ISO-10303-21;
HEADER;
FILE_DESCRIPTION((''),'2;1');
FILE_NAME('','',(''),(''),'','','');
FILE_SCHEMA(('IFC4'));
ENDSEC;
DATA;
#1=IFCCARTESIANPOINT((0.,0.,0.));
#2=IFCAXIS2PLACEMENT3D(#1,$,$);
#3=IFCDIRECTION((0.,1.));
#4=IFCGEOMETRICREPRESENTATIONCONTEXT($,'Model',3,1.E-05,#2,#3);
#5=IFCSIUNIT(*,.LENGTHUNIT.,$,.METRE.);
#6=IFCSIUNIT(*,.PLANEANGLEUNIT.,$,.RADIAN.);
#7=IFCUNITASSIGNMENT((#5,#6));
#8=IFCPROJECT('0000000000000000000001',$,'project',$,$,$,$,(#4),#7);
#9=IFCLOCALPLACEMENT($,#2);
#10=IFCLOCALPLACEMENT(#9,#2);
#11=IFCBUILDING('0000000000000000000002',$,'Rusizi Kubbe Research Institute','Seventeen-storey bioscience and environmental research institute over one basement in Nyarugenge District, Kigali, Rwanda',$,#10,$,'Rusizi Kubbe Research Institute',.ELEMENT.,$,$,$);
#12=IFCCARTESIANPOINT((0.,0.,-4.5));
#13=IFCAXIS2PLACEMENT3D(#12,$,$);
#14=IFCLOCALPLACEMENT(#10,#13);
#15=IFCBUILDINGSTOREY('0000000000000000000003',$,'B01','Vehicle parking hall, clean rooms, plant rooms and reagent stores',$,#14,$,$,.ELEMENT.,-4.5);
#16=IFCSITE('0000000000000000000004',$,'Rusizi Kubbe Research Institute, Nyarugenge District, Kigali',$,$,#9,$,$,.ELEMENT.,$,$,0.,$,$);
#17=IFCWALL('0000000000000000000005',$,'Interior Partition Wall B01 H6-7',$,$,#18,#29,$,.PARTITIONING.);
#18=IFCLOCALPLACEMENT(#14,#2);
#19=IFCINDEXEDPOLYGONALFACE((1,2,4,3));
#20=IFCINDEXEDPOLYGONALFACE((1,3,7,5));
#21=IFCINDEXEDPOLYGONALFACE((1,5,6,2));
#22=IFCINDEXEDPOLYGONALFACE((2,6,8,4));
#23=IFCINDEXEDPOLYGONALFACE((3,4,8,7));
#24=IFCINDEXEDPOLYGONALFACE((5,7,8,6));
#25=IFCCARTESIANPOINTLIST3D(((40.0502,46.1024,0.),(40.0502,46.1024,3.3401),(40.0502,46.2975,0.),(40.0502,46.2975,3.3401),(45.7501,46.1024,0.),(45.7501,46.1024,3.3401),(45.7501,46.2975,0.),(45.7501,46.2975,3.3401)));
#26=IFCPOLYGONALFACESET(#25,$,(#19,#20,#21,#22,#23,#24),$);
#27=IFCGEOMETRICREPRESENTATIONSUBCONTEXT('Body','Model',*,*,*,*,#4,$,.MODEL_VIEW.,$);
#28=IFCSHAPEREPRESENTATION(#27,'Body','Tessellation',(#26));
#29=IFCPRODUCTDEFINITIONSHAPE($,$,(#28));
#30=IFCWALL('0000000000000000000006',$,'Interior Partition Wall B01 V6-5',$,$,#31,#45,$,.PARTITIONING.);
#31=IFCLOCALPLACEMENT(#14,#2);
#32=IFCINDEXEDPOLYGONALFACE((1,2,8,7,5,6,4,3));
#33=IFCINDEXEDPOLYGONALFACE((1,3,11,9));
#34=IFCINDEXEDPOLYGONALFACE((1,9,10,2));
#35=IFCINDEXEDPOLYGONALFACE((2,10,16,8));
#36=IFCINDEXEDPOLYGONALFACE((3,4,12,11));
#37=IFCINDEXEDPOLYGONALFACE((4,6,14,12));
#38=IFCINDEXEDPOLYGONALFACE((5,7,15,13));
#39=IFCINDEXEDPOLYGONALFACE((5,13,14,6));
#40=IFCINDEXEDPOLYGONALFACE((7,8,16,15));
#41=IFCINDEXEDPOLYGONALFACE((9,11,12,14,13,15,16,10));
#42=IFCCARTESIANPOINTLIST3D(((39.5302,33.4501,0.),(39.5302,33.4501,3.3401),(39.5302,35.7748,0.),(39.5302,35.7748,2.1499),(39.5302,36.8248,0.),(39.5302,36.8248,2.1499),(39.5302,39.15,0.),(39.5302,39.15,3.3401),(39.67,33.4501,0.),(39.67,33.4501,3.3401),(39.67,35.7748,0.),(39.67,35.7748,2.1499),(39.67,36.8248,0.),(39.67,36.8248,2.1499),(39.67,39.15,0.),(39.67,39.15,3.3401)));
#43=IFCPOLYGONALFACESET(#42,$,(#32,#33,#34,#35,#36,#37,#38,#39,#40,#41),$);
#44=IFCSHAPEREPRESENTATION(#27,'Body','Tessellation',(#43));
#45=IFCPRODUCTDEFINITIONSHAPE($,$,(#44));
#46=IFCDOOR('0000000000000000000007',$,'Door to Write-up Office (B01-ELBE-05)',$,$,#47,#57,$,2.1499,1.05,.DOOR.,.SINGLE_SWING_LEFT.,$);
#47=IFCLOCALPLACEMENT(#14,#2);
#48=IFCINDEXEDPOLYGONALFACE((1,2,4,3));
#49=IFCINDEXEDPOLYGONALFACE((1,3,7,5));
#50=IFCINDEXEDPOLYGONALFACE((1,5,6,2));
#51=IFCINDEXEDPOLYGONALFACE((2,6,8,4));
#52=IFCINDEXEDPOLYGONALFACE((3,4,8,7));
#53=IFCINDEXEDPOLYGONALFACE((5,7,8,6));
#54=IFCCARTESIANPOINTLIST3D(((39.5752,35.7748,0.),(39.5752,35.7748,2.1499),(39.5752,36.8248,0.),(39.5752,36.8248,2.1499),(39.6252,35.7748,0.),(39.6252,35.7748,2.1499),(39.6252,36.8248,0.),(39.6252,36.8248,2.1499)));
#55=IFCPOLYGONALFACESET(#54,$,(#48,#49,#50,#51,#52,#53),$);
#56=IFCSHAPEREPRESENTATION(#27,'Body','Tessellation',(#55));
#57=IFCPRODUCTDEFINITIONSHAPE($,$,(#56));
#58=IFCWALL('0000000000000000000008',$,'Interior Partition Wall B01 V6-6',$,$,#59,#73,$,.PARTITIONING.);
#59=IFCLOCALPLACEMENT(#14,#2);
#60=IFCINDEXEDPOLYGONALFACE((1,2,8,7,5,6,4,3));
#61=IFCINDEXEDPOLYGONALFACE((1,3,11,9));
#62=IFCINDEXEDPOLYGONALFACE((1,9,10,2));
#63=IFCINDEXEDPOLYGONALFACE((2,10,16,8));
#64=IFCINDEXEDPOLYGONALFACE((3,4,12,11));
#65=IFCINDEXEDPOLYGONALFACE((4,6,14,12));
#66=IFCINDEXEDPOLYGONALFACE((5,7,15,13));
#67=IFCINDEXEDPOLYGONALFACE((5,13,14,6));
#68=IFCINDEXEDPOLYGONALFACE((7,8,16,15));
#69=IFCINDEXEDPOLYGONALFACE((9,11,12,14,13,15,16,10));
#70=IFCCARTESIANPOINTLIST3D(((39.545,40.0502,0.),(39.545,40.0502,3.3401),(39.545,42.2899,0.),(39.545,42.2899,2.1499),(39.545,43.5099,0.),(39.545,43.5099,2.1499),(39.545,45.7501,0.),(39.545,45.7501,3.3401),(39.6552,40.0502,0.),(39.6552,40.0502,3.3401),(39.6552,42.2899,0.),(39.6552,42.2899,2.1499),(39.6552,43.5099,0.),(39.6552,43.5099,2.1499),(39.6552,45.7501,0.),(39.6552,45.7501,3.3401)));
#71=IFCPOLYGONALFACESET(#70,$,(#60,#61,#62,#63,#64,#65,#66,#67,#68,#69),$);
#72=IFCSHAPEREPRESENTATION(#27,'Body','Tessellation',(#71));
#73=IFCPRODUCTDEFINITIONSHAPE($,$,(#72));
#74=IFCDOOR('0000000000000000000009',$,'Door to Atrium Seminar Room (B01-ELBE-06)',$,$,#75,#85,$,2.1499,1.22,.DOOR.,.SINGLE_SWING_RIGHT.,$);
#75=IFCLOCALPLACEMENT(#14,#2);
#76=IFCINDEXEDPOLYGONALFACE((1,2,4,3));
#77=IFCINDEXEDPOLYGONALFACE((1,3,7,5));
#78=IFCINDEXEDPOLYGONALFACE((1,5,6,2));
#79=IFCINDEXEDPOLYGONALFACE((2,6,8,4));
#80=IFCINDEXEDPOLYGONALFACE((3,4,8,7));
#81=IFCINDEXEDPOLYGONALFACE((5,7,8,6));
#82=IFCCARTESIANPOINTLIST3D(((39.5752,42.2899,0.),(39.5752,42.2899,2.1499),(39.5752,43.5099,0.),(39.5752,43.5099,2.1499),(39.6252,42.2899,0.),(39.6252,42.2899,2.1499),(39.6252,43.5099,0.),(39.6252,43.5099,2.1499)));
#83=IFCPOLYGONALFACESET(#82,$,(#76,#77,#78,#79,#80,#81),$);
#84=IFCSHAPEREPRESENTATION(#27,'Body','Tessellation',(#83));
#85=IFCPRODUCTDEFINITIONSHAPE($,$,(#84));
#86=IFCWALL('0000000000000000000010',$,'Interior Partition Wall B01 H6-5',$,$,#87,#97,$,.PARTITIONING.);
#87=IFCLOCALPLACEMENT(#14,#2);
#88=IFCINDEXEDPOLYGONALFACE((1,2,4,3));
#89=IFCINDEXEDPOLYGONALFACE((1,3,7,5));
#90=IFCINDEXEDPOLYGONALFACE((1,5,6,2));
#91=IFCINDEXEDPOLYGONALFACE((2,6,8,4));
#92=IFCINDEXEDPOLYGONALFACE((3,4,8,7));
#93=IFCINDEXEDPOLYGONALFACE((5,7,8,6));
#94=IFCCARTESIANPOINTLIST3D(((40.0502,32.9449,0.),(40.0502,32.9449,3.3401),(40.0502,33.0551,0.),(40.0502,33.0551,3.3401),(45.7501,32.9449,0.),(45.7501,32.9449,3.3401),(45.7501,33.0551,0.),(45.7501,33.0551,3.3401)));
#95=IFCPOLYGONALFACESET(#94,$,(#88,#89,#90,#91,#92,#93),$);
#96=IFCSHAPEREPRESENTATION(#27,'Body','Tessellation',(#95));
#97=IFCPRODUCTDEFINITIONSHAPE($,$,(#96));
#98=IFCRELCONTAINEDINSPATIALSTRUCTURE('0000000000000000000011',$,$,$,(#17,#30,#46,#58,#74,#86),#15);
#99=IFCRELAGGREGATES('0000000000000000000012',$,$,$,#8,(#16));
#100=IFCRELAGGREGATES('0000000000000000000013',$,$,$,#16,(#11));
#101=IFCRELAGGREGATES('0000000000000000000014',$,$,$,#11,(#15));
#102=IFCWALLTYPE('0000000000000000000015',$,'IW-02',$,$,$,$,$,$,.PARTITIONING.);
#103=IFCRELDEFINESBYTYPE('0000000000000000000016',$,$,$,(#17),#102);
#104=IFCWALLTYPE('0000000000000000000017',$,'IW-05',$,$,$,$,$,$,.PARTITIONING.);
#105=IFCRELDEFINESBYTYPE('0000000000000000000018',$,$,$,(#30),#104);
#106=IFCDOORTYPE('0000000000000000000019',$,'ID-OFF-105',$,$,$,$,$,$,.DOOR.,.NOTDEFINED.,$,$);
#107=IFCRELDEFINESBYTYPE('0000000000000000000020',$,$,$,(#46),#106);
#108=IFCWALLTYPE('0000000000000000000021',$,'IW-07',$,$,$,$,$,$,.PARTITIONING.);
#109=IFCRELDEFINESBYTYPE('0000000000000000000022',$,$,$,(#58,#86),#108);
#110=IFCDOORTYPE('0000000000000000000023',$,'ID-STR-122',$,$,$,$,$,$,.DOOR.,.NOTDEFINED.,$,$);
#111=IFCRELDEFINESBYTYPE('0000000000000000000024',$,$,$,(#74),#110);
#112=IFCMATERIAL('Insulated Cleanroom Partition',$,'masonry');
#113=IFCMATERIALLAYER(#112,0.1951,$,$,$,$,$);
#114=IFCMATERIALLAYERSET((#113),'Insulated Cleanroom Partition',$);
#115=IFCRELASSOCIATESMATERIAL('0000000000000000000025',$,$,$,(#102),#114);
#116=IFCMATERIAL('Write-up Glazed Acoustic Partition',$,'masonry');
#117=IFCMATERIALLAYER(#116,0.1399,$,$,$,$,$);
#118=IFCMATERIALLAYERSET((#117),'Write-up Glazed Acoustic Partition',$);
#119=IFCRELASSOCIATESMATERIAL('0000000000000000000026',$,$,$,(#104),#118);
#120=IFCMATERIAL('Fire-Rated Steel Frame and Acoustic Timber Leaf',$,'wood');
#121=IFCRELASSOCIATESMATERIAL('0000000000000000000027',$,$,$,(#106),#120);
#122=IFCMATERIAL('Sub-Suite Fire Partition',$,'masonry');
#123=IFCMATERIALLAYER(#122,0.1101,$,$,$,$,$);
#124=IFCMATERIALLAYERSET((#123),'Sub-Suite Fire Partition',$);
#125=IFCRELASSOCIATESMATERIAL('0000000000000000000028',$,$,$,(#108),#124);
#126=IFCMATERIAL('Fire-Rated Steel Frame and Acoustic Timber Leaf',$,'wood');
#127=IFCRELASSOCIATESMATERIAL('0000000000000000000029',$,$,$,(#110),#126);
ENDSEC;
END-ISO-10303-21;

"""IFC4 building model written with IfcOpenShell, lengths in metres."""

from ifc_helpers import new_model, si_unit, direction, frame, frame_2d, origin, place, context, subcontext, project, spatial, rectangle, extrude, material, layer, layer_set, type_object, element, fill, save


model = new_model("IFC4")

# Units and contexts
model_context = context("Model", 3, precision=1e-05, world=origin(), true_north=direction((0.0, 1.0)))
body_context = subcontext(model_context, "Body", "Model", "MODEL_VIEW")
ifc_project = project(units=[si_unit("LENGTHUNIT", "METRE"), si_unit("PLANEANGLEUNIT", "RADIAN")], contexts=[model_context])

# Site, building, storey
site_placement = place(None, origin())
site = spatial("IfcSite", under=ifc_project, at=site_placement, Name="Rusizi Kubbe Research Institute, Nyarugenge District, Kigali", CompositionType="ELEMENT", RefElevation=0.0)
building_placement = place(site_placement, origin())
building = spatial("IfcBuilding", under=site, at=building_placement, Name="Rusizi Kubbe Research Institute", Description="Seventeen-storey bioscience and environmental research institute over one basement in Nyarugenge District, Kigali, Rwanda", LongName="Rusizi Kubbe Research Institute", CompositionType="ELEMENT")
storey_placement = place(building_placement, frame((0.0, 0.0, -4.5)))
storey = spatial("IfcBuildingStorey", under=building, at=storey_placement, Name="B01", Description="Vehicle parking hall, clean rooms, plant rooms and reagent stores", CompositionType="ELEMENT", Elevation=-4.5)

# Wall
ifc_material_1 = material(Name="Insulated Cleanroom Partition", Category="masonry")
ifc_layer_1 = layer(ifc_material_1, 0.1951)
ifc_layer_set_1 = layer_set([ifc_layer_1], Name="Insulated Cleanroom Partition")
wall_type_1 = type_object("IfcWallType", Name="IW-02", PredefinedType="PARTITIONING", material=ifc_layer_set_1)
wall_1_placement = place(storey_placement, frame((40.05, 46.2, 0.0), z_axis=(0.0, 0.0, 1.0), x_axis=(1.0, 0.0, 0.0)))
element("IfcWall", 1, at=wall_1_placement, inside=storey, type_object=wall_type_1, Name="Interior Partition Wall B01 H6-7", PredefinedType="PARTITIONING", context=body_context, shape_type="SweptSolid", body=[
    extrude(rectangle(XDim=5.7, YDim=0.1951, at=frame_2d((2.8501, 0.0))), origin(), (0.0, 0.0, 1.0), 3.3401),
])

# Walls, openings, doors
ifc_material_2 = material(Name="Write-up Glazed Acoustic Partition", Category="masonry")
ifc_layer_2 = layer(ifc_material_2, 0.1399)
ifc_layer_set_2 = layer_set([ifc_layer_2], Name="Write-up Glazed Acoustic Partition")
wall_type_2 = type_object("IfcWallType", Name="IW-05", PredefinedType="PARTITIONING", material=ifc_layer_set_2)
wall_2_placement = place(storey_placement, frame((39.6001, 33.45, 0.0), z_axis=(0.0, 0.0, 1.0), x_axis=(0.0, 1.0, 0.0)))
wall_2 = element("IfcWall", 2, at=wall_2_placement, inside=storey, type_object=wall_type_2, Name="Interior Partition Wall B01 V6-5", PredefinedType="PARTITIONING", context=body_context, shape_type="SweptSolid", body=[
    extrude(rectangle(XDim=5.7, YDim=0.1399, at=frame_2d((2.8501, 0.0))), origin(), (0.0, 0.0, 1.0), 3.3401),
])
opening_1_placement = place(wall_2_placement, frame((2.325, 0.0, 0.0)))
opening_1 = element("IfcOpeningElement", 3, at=opening_1_placement, cuts=wall_2, PredefinedType="OPENING", context=body_context, shape_type="SweptSolid", body=[
    extrude(rectangle(XDim=1.05, YDim=2.1499, at=frame_2d((0.5249, 1.075))), frame((0.0, 0.0798, 0.0), z_axis=(0.0, -1.0, 0.0), x_axis=(1.0, 0.0, 0.0)), (0.0, 0.0, 1.0), 0.1599),
])
ifc_material_3 = material(Name="Fire-Rated Steel Frame and Acoustic Timber Leaf", Category="wood")
door_type_1 = type_object("IfcDoorType", Name="ID-OFF-105", OperationType="NOTDEFINED", PredefinedType="DOOR", material=ifc_material_3)
door_1_placement = place(opening_1_placement, origin())
door_1 = element("IfcDoor", 4, at=door_1_placement, inside=storey, type_object=door_type_1, Name="Door to Write-up Office (B01-ELBE-05)", OperationType="SINGLE_SWING_LEFT", OverallHeight=2.1499, OverallWidth=1.05, PredefinedType="DOOR", context=body_context, shape_type="SweptSolid", body=[
    extrude(rectangle(XDim=1.05, YDim=2.1499, at=frame_2d((0.5249, 1.075))), frame((0.0, 0.0249, 0.0), z_axis=(0.0, -1.0, 0.0), x_axis=(1.0, 0.0, 0.0)), (0.0, 0.0, 1.0), 0.05),
])
fill(opening_1, door_1)
ifc_material_4 = material(Name="Sub-Suite Fire Partition", Category="masonry")
ifc_layer_3 = layer(ifc_material_4, 0.1101)
ifc_layer_set_3 = layer_set([ifc_layer_3], Name="Sub-Suite Fire Partition")
wall_type_3 = type_object("IfcWallType", Name="IW-07", PredefinedType="PARTITIONING", material=ifc_layer_set_3)
wall_3_placement = place(storey_placement, frame((39.6001, 40.05, 0.0), z_axis=(0.0, 0.0, 1.0), x_axis=(0.0, 1.0, 0.0)))
wall_3 = element("IfcWall", 5, at=wall_3_placement, inside=storey, type_object=wall_type_3, Name="Interior Partition Wall B01 V6-6", PredefinedType="PARTITIONING", context=body_context, shape_type="SweptSolid", body=[
    extrude(rectangle(XDim=5.7, YDim=0.1101, at=frame_2d((2.8501, 0.0))), origin(), (0.0, 0.0, 1.0), 3.3401),
])
opening_2_placement = place(wall_3_placement, frame((2.24, 0.0, 0.0)))
opening_2 = element("IfcOpeningElement", 6, at=opening_2_placement, cuts=wall_3, PredefinedType="OPENING", context=body_context, shape_type="SweptSolid", body=[
    extrude(rectangle(XDim=1.22, YDim=2.1499, at=frame_2d((0.6099, 1.075))), frame((0.0, 0.0649, 0.0), z_axis=(0.0, -1.0, 0.0), x_axis=(1.0, 0.0, 0.0)), (0.0, 0.0, 1.0), 0.1301),
])
ifc_material_5 = material(Name="Fire-Rated Steel Frame and Acoustic Timber Leaf", Category="wood")
door_type_2 = type_object("IfcDoorType", Name="ID-STR-122", OperationType="NOTDEFINED", PredefinedType="DOOR", material=ifc_material_5)
door_2_placement = place(opening_2_placement, origin())
door_2 = element("IfcDoor", 7, at=door_2_placement, inside=storey, type_object=door_type_2, Name="Door to Atrium Seminar Room (B01-ELBE-06)", OperationType="SINGLE_SWING_RIGHT", OverallHeight=2.1499, OverallWidth=1.22, PredefinedType="DOOR", context=body_context, shape_type="SweptSolid", body=[
    extrude(rectangle(XDim=1.22, YDim=2.1499, at=frame_2d((0.6099, 1.075))), frame((0.0, 0.0249, 0.0), z_axis=(0.0, -1.0, 0.0), x_axis=(1.0, 0.0, 0.0)), (0.0, 0.0, 1.0), 0.05),
])
fill(opening_2, door_2)

# Wall
wall_4_placement = place(storey_placement, frame((40.05, 33.0, 0.0), z_axis=(0.0, 0.0, 1.0), x_axis=(1.0, 0.0, 0.0)))
element("IfcWall", 8, at=wall_4_placement, inside=storey, type_object=wall_type_3, Name="Interior Partition Wall B01 H6-5", PredefinedType="PARTITIONING", context=body_context, shape_type="SweptSolid", body=[
    extrude(rectangle(XDim=5.7, YDim=0.1101, at=frame_2d((2.8501, 0.0))), origin(), (0.0, 0.0, 1.0), 3.3401),
])

save(model, "model.ifc")
